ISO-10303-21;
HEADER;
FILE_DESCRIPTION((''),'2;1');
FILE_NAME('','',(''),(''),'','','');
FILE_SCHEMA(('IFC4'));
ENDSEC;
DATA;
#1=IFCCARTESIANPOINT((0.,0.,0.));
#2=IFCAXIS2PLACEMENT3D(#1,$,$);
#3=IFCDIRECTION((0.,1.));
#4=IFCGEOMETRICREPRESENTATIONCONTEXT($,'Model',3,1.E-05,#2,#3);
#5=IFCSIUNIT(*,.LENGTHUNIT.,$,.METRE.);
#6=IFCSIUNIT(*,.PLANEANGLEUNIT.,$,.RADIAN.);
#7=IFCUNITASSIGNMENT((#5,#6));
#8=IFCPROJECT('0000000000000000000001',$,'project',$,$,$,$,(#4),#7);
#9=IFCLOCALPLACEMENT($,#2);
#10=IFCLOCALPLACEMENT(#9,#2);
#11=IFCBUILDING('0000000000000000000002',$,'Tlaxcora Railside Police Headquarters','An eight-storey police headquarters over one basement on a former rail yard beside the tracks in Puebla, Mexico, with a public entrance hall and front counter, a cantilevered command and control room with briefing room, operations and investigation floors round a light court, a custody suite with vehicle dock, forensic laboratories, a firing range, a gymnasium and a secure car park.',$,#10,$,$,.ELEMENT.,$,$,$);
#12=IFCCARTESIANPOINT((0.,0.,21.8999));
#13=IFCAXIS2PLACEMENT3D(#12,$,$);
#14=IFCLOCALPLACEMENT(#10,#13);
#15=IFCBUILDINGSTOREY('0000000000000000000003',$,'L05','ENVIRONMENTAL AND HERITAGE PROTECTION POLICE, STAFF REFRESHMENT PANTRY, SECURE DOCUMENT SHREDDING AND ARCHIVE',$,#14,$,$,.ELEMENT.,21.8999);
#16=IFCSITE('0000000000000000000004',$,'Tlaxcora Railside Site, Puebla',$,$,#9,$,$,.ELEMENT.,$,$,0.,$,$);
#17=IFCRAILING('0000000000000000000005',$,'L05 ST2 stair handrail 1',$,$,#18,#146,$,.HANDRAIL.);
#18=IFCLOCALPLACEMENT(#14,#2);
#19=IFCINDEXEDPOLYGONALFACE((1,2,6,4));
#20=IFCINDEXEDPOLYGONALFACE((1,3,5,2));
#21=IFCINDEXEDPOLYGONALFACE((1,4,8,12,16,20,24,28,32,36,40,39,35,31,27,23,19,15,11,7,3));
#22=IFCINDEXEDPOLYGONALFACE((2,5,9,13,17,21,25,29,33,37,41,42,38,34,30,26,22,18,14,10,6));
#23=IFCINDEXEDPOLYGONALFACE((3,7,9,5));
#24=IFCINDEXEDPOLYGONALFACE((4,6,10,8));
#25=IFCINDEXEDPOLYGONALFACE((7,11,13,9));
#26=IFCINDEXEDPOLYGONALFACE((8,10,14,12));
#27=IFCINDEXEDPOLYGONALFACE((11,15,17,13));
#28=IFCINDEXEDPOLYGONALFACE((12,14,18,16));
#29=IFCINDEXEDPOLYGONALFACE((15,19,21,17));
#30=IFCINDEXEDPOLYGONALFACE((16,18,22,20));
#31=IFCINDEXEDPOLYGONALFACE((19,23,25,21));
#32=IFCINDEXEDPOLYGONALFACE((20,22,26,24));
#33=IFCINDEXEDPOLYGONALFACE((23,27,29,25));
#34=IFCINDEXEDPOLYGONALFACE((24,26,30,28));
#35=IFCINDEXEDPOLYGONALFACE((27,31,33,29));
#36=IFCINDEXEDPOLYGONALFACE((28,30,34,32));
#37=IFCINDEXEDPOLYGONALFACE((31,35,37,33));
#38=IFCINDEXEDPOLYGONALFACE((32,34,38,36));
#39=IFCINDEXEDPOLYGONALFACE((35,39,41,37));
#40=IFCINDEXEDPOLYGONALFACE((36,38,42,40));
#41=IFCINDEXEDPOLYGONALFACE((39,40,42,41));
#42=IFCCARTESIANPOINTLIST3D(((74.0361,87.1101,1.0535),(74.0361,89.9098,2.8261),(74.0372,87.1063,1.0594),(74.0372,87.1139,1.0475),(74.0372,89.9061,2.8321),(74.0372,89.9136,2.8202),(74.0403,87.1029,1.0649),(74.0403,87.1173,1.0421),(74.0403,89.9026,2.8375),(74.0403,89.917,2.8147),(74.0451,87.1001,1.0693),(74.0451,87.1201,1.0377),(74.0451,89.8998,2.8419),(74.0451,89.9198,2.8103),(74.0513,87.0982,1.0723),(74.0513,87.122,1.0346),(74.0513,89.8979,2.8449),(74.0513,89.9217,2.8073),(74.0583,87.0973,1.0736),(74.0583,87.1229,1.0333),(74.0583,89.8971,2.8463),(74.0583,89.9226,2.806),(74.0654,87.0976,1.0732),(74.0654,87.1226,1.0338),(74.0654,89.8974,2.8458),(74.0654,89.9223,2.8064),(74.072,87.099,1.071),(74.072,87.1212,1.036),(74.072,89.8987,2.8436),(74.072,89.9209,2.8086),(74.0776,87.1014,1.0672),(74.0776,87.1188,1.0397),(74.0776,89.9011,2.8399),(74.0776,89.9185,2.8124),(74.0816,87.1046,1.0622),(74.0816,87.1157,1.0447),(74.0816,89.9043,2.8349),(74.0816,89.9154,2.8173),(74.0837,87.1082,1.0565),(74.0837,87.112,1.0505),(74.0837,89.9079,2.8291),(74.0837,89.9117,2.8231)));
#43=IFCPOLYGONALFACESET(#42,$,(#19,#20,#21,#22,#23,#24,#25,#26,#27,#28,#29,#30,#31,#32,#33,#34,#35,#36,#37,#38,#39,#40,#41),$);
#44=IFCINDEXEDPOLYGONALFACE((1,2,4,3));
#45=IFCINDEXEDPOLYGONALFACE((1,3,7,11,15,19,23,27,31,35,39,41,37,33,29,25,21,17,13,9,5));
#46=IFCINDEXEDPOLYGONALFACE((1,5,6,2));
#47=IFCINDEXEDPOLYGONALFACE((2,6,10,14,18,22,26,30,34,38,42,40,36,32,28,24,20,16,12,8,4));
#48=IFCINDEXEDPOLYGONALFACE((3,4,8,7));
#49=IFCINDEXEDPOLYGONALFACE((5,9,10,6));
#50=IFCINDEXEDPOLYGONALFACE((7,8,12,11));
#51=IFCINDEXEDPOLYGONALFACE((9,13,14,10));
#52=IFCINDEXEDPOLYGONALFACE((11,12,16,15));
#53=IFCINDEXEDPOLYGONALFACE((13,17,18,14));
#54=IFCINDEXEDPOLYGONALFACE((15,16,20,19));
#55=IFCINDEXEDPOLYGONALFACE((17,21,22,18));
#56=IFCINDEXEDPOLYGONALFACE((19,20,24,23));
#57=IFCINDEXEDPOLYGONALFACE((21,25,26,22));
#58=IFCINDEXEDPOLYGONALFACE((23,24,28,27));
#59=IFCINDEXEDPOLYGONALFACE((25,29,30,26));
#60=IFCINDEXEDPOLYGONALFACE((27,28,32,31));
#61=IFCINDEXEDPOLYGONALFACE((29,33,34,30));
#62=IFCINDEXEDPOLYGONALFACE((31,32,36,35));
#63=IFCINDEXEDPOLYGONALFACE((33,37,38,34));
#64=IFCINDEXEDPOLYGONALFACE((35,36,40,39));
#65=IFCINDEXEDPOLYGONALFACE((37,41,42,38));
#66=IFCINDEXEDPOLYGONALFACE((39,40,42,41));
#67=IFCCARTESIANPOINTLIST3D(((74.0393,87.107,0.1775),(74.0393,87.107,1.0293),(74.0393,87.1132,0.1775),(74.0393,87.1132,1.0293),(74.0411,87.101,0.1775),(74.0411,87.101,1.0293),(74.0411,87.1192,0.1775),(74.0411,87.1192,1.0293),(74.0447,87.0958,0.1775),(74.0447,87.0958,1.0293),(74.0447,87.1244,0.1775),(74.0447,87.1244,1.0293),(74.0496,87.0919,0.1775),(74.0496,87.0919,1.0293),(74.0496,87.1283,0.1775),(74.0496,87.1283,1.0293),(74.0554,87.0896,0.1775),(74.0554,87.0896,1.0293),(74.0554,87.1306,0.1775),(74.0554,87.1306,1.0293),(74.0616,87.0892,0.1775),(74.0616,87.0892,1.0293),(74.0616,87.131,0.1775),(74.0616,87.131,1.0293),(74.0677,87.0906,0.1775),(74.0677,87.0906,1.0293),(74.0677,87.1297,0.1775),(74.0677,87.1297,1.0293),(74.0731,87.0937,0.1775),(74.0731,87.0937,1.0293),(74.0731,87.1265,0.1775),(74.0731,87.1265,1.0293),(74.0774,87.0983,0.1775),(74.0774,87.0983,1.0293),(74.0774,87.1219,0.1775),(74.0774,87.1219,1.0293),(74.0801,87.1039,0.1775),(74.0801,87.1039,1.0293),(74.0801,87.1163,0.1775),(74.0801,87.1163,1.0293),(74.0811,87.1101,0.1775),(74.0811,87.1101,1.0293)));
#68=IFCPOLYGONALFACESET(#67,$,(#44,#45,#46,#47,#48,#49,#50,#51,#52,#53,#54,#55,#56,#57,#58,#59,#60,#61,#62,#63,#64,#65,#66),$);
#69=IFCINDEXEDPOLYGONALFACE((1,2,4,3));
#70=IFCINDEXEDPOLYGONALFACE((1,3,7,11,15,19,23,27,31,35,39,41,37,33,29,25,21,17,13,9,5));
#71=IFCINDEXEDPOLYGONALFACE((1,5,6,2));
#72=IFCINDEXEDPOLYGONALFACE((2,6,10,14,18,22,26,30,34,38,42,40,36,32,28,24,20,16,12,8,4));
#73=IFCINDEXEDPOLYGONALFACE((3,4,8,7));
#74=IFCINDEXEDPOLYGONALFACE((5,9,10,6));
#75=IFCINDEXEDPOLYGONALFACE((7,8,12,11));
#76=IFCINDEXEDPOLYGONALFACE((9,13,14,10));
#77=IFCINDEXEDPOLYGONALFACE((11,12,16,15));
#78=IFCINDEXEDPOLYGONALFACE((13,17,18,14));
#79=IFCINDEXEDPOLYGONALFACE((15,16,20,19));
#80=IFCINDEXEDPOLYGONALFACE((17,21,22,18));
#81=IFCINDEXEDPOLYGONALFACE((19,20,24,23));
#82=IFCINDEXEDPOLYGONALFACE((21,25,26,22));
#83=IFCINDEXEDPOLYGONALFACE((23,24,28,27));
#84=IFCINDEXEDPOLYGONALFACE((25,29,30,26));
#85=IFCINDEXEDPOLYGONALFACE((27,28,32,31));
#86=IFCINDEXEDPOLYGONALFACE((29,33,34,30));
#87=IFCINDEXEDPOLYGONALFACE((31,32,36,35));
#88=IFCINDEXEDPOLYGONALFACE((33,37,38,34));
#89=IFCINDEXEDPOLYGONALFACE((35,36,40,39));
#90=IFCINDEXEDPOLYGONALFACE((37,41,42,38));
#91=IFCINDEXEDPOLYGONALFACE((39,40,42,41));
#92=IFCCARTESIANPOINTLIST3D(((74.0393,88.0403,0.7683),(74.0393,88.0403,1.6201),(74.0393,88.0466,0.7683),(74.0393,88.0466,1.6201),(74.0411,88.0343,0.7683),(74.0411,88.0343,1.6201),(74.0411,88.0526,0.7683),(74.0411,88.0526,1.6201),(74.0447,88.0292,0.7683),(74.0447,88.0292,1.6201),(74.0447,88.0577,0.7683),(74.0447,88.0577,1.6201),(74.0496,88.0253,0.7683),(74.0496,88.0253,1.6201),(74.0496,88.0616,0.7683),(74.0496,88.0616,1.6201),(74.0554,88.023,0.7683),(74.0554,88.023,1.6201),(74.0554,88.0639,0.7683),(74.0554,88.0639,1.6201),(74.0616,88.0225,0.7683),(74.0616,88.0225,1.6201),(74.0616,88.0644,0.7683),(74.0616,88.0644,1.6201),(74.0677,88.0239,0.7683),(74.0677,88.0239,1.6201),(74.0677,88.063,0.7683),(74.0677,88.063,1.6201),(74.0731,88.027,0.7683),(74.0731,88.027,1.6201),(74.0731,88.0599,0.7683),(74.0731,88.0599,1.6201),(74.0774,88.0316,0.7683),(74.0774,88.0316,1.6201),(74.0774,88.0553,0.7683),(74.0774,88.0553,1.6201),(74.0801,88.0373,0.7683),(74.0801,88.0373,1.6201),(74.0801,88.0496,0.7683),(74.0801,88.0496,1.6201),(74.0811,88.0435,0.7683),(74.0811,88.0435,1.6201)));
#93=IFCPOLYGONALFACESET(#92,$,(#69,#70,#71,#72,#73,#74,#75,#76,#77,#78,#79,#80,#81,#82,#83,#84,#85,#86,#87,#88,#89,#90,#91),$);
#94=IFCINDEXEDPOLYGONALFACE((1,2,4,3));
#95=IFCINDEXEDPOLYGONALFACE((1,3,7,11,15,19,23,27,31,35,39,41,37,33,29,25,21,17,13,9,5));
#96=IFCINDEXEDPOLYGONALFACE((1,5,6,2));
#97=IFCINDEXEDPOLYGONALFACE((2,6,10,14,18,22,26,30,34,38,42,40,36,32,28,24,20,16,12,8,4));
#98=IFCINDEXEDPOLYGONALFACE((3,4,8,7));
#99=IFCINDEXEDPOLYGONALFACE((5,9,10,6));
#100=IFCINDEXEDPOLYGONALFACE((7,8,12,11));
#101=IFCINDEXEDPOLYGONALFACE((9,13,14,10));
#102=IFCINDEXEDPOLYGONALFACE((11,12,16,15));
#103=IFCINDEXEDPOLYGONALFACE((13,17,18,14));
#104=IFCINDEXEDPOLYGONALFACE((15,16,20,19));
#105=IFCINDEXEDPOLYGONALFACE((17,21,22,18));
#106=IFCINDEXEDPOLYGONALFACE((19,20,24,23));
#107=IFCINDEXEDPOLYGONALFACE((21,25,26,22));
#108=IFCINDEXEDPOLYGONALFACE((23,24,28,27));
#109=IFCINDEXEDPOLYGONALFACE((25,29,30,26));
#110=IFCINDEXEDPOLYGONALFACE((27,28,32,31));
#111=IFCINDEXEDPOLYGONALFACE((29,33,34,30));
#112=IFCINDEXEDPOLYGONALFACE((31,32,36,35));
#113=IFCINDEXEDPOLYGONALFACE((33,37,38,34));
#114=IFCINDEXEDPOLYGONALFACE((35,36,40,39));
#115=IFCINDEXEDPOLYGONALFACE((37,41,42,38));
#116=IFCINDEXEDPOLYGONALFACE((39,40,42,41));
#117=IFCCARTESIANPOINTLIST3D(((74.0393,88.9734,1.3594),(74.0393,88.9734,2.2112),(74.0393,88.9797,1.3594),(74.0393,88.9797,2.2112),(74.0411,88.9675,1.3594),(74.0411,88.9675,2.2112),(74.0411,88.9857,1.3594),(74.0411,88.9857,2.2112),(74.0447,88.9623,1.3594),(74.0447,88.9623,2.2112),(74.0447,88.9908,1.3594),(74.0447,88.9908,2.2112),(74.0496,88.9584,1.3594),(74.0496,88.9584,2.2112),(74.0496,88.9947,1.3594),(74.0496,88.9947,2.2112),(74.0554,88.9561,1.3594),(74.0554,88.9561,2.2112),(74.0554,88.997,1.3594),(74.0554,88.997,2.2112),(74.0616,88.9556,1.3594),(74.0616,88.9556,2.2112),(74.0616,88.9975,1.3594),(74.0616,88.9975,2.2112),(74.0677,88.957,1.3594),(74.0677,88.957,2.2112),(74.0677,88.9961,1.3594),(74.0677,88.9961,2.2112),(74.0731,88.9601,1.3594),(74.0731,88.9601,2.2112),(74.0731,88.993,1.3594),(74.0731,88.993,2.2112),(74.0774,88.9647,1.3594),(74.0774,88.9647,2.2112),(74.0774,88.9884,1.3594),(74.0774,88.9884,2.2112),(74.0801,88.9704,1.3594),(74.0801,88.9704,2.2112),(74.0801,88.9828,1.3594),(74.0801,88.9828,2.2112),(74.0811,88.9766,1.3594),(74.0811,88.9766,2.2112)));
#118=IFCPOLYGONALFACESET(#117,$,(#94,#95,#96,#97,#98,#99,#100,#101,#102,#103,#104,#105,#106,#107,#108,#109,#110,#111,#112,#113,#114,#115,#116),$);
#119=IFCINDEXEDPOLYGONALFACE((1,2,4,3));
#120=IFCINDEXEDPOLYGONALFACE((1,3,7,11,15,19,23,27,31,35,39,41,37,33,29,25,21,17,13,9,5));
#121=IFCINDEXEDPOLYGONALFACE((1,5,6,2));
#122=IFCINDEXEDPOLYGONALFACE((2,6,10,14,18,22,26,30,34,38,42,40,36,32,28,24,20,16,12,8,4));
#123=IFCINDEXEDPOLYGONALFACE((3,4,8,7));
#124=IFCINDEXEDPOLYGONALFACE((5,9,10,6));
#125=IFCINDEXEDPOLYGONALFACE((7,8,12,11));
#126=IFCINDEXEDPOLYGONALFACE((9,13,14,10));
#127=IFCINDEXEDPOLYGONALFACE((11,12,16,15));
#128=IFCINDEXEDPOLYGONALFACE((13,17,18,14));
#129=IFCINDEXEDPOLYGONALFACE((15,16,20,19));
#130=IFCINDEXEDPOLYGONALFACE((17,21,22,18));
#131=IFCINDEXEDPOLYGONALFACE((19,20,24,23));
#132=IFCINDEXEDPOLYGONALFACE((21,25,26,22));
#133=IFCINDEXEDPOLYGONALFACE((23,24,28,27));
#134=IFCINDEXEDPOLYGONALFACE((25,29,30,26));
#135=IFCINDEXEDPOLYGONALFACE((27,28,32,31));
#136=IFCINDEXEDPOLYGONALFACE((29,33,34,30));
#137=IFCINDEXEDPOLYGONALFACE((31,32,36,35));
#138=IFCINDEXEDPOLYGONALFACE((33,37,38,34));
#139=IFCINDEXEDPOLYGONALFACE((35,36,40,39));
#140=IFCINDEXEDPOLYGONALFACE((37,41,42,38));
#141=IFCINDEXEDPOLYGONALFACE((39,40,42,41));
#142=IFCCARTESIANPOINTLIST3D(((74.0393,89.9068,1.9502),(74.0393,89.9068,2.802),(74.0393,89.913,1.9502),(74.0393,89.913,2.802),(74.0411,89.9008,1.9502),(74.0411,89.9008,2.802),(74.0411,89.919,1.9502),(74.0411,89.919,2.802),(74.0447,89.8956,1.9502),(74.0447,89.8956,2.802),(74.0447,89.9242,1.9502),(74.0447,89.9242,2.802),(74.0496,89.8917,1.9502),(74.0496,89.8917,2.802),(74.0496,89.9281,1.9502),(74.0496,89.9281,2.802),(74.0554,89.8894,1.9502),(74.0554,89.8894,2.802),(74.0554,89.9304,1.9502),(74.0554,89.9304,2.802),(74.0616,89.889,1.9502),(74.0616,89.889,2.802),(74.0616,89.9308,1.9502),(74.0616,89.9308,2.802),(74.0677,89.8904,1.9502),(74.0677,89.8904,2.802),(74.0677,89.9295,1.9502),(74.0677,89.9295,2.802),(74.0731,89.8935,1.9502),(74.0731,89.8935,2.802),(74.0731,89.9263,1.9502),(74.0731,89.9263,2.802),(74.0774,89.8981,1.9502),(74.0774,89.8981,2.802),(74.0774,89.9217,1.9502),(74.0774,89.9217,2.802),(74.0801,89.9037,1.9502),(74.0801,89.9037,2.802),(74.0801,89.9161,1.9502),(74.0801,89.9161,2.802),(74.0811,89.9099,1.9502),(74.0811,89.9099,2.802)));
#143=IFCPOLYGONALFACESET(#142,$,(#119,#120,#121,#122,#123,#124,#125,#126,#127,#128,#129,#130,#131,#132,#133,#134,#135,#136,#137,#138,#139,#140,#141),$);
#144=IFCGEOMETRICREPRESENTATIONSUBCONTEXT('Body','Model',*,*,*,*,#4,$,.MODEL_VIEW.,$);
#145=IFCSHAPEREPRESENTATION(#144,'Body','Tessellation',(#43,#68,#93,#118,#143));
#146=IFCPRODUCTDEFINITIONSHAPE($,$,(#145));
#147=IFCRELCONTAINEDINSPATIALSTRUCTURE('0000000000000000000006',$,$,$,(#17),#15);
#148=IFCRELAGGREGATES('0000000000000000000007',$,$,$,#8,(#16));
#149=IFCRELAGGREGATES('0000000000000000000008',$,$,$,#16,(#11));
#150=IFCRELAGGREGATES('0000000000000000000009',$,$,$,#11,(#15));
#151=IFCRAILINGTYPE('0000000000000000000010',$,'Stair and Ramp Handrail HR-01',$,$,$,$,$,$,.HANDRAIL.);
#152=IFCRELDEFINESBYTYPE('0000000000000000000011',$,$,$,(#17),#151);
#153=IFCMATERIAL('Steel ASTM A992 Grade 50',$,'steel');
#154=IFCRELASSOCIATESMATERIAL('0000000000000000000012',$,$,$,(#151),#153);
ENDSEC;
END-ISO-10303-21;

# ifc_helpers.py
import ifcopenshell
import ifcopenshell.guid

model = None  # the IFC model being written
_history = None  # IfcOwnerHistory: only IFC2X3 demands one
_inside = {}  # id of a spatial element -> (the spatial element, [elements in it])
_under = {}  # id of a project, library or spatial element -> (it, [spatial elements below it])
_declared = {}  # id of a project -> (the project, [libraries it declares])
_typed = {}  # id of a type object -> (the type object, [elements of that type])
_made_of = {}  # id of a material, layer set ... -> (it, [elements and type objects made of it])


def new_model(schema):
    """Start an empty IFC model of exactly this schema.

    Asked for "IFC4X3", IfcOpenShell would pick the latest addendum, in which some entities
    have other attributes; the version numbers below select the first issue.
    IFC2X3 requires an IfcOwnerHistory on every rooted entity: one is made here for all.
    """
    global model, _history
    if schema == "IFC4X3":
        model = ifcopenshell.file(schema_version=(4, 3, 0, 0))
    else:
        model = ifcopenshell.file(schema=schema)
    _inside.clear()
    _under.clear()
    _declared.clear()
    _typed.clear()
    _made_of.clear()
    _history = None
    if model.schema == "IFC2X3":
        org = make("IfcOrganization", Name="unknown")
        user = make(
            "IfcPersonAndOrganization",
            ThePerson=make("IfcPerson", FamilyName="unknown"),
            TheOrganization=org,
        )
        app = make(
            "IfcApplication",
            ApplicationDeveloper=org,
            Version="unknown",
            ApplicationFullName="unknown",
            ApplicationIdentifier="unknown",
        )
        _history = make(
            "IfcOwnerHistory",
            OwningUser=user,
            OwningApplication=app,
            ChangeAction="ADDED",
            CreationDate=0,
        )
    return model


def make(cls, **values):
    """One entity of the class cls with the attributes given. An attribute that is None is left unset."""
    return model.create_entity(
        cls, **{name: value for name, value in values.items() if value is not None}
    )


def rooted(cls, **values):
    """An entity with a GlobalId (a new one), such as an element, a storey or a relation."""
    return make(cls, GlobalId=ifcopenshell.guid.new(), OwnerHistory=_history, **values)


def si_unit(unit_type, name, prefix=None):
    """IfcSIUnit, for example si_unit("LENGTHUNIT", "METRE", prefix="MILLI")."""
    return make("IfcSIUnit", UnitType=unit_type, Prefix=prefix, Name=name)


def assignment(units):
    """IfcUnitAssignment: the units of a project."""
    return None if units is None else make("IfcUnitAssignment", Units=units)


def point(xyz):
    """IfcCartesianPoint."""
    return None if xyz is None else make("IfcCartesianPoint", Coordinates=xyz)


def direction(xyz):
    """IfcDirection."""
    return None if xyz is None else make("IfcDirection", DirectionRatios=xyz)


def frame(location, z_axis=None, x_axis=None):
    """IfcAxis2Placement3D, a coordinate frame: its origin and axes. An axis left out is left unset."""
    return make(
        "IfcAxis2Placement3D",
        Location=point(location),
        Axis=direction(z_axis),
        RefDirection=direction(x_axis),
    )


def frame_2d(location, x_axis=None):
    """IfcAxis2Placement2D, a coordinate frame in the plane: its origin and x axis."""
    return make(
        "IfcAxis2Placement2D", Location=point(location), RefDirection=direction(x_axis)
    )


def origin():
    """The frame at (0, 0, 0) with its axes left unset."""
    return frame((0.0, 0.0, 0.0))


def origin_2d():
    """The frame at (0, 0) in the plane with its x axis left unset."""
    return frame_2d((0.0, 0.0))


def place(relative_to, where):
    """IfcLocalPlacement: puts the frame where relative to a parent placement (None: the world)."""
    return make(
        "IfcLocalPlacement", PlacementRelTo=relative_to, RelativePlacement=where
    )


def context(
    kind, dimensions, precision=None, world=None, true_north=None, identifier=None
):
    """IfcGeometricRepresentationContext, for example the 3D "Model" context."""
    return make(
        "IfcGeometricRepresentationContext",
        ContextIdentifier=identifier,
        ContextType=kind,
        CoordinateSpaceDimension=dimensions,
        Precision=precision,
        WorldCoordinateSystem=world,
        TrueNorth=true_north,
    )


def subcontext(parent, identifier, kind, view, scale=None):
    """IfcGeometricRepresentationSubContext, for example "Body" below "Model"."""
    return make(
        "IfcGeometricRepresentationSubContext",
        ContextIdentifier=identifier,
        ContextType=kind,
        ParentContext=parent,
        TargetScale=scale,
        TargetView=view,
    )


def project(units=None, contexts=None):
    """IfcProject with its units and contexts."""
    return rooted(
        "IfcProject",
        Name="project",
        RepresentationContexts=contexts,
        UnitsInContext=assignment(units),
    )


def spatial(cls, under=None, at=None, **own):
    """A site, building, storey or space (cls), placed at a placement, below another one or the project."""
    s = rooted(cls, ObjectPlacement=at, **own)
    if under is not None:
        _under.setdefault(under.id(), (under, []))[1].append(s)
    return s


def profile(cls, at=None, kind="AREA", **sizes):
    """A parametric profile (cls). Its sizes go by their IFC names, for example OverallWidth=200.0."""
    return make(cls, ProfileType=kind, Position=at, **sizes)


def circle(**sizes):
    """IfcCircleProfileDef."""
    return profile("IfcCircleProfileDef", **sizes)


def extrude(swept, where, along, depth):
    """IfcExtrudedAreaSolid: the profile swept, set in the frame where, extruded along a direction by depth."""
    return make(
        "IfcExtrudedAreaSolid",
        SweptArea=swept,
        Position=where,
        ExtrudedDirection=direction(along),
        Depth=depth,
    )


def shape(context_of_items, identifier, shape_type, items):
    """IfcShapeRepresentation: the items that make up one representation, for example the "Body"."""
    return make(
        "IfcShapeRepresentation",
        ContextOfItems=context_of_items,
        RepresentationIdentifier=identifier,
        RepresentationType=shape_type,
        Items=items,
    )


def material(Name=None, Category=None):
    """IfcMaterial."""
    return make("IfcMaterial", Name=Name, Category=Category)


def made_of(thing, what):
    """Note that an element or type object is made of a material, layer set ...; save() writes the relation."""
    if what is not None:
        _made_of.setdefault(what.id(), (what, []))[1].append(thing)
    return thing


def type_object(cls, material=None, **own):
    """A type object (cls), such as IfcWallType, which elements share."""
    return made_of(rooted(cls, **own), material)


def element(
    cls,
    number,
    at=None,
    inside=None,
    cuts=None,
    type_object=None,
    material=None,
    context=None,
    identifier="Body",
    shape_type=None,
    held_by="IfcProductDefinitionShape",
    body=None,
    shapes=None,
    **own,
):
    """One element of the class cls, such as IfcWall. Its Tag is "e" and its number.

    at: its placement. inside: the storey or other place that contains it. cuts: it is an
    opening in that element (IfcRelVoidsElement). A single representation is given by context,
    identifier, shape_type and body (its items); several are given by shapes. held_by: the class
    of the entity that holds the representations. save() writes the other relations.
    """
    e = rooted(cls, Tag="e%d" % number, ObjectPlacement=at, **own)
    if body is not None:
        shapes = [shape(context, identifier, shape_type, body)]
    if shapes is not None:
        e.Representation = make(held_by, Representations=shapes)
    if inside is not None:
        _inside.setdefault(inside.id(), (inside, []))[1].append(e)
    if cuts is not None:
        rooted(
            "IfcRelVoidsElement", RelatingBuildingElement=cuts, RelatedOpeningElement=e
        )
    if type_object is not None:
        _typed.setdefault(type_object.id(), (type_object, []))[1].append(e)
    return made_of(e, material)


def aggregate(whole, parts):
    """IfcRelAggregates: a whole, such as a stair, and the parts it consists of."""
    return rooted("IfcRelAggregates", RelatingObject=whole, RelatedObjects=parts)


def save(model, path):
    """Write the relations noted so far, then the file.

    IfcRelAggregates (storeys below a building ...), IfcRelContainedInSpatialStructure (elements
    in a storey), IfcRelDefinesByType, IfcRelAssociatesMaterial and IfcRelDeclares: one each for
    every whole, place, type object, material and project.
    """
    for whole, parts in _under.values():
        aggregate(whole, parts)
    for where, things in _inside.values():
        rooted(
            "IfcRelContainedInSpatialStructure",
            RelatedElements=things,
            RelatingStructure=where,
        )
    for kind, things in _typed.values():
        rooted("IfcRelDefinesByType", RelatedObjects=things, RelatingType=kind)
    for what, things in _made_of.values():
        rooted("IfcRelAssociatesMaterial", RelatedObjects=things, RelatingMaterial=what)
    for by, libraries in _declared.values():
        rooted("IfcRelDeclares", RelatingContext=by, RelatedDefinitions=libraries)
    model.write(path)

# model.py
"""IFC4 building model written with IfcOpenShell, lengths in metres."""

from ifc_helpers import new_model, si_unit, direction, frame, origin, origin_2d, place, context, subcontext, project, spatial, circle, extrude, material, type_object, element, save


model = new_model("IFC4")

# Units and contexts
model_context = context("Model", 3, precision=1e-05, world=origin(), true_north=direction((0.0, 1.0)))
body_context = subcontext(model_context, "Body", "Model", "MODEL_VIEW")
ifc_project = project(units=[si_unit("LENGTHUNIT", "METRE"), si_unit("PLANEANGLEUNIT", "RADIAN")], contexts=[model_context])

# Site, building, storey
site_placement = place(None, origin())
site = spatial("IfcSite", under=ifc_project, at=site_placement, Name="Tlaxcora Railside Site, Puebla", CompositionType="ELEMENT", RefElevation=0.0)
building_placement = place(site_placement, origin())
building = spatial("IfcBuilding", under=site, at=building_placement, Name="Tlaxcora Railside Police Headquarters", Description="An eight-storey police headquarters over one basement on a former rail yard beside the tracks in Puebla, Mexico, with a public entrance hall and front counter, a cantilevered command and control room with briefing room, operations and investigation floors round a light court, a custody suite with vehicle dock, forensic laboratories, a firing range, a gymnasium and a secure car park.", CompositionType="ELEMENT")
storey_placement = place(building_placement, frame((0.0, 0.0, 21.8999)))
storey = spatial("IfcBuildingStorey", under=building, at=storey_placement, Name="L05", Description="ENVIRONMENTAL AND HERITAGE PROTECTION POLICE, STAFF REFRESHMENT PANTRY, SECURE DOCUMENT SHREDDING AND ARCHIVE", CompositionType="ELEMENT", Elevation=21.8999)

# Shared definitions
ifc_material_1 = material(Name="Steel ASTM A992 Grade 50", Category="steel")

# Railing
railing_type_1 = type_object("IfcRailingType", Name="Stair and Ramp Handrail HR-01", PredefinedType="HANDRAIL", material=ifc_material_1)
railing_1_placement = place(storey_placement, frame((74.0601, 87.1101, 0.1775)))
element("IfcRailing", 1, at=railing_1_placement, inside=storey, type_object=railing_type_1, Name="L05 ST2 stair handrail 1", PredefinedType="HANDRAIL", context=body_context, shape_type="SweptSolid", body=[
    extrude(circle(Radius=0.0239, at=origin_2d()), frame((0.0, 0.0, 0.876), z_axis=(0.0, 0.844888, 0.534943), x_axis=(-1.0, 0.0, 0.0)), (0.0, 0.0, 1.0), 3.3137),
    extrude(circle(Radius=0.021, at=origin_2d()), origin(), (0.0, 0.0, 1.0), 0.8518),
    extrude(circle(Radius=0.021, at=origin_2d()), frame((0.0, 0.9333, 0.5908)), (0.0, 0.0, 1.0), 0.8518),
    extrude(circle(Radius=0.021, at=origin_2d()), frame((0.0, 1.8665, 1.1819)), (0.0, 0.0, 1.0), 0.8518),
    extrude(circle(Radius=0.021, at=origin_2d()), frame((0.0, 2.7998, 1.7727)), (0.0, 0.0, 1.0), 0.8518),
])

save(model, "model.ifc")
